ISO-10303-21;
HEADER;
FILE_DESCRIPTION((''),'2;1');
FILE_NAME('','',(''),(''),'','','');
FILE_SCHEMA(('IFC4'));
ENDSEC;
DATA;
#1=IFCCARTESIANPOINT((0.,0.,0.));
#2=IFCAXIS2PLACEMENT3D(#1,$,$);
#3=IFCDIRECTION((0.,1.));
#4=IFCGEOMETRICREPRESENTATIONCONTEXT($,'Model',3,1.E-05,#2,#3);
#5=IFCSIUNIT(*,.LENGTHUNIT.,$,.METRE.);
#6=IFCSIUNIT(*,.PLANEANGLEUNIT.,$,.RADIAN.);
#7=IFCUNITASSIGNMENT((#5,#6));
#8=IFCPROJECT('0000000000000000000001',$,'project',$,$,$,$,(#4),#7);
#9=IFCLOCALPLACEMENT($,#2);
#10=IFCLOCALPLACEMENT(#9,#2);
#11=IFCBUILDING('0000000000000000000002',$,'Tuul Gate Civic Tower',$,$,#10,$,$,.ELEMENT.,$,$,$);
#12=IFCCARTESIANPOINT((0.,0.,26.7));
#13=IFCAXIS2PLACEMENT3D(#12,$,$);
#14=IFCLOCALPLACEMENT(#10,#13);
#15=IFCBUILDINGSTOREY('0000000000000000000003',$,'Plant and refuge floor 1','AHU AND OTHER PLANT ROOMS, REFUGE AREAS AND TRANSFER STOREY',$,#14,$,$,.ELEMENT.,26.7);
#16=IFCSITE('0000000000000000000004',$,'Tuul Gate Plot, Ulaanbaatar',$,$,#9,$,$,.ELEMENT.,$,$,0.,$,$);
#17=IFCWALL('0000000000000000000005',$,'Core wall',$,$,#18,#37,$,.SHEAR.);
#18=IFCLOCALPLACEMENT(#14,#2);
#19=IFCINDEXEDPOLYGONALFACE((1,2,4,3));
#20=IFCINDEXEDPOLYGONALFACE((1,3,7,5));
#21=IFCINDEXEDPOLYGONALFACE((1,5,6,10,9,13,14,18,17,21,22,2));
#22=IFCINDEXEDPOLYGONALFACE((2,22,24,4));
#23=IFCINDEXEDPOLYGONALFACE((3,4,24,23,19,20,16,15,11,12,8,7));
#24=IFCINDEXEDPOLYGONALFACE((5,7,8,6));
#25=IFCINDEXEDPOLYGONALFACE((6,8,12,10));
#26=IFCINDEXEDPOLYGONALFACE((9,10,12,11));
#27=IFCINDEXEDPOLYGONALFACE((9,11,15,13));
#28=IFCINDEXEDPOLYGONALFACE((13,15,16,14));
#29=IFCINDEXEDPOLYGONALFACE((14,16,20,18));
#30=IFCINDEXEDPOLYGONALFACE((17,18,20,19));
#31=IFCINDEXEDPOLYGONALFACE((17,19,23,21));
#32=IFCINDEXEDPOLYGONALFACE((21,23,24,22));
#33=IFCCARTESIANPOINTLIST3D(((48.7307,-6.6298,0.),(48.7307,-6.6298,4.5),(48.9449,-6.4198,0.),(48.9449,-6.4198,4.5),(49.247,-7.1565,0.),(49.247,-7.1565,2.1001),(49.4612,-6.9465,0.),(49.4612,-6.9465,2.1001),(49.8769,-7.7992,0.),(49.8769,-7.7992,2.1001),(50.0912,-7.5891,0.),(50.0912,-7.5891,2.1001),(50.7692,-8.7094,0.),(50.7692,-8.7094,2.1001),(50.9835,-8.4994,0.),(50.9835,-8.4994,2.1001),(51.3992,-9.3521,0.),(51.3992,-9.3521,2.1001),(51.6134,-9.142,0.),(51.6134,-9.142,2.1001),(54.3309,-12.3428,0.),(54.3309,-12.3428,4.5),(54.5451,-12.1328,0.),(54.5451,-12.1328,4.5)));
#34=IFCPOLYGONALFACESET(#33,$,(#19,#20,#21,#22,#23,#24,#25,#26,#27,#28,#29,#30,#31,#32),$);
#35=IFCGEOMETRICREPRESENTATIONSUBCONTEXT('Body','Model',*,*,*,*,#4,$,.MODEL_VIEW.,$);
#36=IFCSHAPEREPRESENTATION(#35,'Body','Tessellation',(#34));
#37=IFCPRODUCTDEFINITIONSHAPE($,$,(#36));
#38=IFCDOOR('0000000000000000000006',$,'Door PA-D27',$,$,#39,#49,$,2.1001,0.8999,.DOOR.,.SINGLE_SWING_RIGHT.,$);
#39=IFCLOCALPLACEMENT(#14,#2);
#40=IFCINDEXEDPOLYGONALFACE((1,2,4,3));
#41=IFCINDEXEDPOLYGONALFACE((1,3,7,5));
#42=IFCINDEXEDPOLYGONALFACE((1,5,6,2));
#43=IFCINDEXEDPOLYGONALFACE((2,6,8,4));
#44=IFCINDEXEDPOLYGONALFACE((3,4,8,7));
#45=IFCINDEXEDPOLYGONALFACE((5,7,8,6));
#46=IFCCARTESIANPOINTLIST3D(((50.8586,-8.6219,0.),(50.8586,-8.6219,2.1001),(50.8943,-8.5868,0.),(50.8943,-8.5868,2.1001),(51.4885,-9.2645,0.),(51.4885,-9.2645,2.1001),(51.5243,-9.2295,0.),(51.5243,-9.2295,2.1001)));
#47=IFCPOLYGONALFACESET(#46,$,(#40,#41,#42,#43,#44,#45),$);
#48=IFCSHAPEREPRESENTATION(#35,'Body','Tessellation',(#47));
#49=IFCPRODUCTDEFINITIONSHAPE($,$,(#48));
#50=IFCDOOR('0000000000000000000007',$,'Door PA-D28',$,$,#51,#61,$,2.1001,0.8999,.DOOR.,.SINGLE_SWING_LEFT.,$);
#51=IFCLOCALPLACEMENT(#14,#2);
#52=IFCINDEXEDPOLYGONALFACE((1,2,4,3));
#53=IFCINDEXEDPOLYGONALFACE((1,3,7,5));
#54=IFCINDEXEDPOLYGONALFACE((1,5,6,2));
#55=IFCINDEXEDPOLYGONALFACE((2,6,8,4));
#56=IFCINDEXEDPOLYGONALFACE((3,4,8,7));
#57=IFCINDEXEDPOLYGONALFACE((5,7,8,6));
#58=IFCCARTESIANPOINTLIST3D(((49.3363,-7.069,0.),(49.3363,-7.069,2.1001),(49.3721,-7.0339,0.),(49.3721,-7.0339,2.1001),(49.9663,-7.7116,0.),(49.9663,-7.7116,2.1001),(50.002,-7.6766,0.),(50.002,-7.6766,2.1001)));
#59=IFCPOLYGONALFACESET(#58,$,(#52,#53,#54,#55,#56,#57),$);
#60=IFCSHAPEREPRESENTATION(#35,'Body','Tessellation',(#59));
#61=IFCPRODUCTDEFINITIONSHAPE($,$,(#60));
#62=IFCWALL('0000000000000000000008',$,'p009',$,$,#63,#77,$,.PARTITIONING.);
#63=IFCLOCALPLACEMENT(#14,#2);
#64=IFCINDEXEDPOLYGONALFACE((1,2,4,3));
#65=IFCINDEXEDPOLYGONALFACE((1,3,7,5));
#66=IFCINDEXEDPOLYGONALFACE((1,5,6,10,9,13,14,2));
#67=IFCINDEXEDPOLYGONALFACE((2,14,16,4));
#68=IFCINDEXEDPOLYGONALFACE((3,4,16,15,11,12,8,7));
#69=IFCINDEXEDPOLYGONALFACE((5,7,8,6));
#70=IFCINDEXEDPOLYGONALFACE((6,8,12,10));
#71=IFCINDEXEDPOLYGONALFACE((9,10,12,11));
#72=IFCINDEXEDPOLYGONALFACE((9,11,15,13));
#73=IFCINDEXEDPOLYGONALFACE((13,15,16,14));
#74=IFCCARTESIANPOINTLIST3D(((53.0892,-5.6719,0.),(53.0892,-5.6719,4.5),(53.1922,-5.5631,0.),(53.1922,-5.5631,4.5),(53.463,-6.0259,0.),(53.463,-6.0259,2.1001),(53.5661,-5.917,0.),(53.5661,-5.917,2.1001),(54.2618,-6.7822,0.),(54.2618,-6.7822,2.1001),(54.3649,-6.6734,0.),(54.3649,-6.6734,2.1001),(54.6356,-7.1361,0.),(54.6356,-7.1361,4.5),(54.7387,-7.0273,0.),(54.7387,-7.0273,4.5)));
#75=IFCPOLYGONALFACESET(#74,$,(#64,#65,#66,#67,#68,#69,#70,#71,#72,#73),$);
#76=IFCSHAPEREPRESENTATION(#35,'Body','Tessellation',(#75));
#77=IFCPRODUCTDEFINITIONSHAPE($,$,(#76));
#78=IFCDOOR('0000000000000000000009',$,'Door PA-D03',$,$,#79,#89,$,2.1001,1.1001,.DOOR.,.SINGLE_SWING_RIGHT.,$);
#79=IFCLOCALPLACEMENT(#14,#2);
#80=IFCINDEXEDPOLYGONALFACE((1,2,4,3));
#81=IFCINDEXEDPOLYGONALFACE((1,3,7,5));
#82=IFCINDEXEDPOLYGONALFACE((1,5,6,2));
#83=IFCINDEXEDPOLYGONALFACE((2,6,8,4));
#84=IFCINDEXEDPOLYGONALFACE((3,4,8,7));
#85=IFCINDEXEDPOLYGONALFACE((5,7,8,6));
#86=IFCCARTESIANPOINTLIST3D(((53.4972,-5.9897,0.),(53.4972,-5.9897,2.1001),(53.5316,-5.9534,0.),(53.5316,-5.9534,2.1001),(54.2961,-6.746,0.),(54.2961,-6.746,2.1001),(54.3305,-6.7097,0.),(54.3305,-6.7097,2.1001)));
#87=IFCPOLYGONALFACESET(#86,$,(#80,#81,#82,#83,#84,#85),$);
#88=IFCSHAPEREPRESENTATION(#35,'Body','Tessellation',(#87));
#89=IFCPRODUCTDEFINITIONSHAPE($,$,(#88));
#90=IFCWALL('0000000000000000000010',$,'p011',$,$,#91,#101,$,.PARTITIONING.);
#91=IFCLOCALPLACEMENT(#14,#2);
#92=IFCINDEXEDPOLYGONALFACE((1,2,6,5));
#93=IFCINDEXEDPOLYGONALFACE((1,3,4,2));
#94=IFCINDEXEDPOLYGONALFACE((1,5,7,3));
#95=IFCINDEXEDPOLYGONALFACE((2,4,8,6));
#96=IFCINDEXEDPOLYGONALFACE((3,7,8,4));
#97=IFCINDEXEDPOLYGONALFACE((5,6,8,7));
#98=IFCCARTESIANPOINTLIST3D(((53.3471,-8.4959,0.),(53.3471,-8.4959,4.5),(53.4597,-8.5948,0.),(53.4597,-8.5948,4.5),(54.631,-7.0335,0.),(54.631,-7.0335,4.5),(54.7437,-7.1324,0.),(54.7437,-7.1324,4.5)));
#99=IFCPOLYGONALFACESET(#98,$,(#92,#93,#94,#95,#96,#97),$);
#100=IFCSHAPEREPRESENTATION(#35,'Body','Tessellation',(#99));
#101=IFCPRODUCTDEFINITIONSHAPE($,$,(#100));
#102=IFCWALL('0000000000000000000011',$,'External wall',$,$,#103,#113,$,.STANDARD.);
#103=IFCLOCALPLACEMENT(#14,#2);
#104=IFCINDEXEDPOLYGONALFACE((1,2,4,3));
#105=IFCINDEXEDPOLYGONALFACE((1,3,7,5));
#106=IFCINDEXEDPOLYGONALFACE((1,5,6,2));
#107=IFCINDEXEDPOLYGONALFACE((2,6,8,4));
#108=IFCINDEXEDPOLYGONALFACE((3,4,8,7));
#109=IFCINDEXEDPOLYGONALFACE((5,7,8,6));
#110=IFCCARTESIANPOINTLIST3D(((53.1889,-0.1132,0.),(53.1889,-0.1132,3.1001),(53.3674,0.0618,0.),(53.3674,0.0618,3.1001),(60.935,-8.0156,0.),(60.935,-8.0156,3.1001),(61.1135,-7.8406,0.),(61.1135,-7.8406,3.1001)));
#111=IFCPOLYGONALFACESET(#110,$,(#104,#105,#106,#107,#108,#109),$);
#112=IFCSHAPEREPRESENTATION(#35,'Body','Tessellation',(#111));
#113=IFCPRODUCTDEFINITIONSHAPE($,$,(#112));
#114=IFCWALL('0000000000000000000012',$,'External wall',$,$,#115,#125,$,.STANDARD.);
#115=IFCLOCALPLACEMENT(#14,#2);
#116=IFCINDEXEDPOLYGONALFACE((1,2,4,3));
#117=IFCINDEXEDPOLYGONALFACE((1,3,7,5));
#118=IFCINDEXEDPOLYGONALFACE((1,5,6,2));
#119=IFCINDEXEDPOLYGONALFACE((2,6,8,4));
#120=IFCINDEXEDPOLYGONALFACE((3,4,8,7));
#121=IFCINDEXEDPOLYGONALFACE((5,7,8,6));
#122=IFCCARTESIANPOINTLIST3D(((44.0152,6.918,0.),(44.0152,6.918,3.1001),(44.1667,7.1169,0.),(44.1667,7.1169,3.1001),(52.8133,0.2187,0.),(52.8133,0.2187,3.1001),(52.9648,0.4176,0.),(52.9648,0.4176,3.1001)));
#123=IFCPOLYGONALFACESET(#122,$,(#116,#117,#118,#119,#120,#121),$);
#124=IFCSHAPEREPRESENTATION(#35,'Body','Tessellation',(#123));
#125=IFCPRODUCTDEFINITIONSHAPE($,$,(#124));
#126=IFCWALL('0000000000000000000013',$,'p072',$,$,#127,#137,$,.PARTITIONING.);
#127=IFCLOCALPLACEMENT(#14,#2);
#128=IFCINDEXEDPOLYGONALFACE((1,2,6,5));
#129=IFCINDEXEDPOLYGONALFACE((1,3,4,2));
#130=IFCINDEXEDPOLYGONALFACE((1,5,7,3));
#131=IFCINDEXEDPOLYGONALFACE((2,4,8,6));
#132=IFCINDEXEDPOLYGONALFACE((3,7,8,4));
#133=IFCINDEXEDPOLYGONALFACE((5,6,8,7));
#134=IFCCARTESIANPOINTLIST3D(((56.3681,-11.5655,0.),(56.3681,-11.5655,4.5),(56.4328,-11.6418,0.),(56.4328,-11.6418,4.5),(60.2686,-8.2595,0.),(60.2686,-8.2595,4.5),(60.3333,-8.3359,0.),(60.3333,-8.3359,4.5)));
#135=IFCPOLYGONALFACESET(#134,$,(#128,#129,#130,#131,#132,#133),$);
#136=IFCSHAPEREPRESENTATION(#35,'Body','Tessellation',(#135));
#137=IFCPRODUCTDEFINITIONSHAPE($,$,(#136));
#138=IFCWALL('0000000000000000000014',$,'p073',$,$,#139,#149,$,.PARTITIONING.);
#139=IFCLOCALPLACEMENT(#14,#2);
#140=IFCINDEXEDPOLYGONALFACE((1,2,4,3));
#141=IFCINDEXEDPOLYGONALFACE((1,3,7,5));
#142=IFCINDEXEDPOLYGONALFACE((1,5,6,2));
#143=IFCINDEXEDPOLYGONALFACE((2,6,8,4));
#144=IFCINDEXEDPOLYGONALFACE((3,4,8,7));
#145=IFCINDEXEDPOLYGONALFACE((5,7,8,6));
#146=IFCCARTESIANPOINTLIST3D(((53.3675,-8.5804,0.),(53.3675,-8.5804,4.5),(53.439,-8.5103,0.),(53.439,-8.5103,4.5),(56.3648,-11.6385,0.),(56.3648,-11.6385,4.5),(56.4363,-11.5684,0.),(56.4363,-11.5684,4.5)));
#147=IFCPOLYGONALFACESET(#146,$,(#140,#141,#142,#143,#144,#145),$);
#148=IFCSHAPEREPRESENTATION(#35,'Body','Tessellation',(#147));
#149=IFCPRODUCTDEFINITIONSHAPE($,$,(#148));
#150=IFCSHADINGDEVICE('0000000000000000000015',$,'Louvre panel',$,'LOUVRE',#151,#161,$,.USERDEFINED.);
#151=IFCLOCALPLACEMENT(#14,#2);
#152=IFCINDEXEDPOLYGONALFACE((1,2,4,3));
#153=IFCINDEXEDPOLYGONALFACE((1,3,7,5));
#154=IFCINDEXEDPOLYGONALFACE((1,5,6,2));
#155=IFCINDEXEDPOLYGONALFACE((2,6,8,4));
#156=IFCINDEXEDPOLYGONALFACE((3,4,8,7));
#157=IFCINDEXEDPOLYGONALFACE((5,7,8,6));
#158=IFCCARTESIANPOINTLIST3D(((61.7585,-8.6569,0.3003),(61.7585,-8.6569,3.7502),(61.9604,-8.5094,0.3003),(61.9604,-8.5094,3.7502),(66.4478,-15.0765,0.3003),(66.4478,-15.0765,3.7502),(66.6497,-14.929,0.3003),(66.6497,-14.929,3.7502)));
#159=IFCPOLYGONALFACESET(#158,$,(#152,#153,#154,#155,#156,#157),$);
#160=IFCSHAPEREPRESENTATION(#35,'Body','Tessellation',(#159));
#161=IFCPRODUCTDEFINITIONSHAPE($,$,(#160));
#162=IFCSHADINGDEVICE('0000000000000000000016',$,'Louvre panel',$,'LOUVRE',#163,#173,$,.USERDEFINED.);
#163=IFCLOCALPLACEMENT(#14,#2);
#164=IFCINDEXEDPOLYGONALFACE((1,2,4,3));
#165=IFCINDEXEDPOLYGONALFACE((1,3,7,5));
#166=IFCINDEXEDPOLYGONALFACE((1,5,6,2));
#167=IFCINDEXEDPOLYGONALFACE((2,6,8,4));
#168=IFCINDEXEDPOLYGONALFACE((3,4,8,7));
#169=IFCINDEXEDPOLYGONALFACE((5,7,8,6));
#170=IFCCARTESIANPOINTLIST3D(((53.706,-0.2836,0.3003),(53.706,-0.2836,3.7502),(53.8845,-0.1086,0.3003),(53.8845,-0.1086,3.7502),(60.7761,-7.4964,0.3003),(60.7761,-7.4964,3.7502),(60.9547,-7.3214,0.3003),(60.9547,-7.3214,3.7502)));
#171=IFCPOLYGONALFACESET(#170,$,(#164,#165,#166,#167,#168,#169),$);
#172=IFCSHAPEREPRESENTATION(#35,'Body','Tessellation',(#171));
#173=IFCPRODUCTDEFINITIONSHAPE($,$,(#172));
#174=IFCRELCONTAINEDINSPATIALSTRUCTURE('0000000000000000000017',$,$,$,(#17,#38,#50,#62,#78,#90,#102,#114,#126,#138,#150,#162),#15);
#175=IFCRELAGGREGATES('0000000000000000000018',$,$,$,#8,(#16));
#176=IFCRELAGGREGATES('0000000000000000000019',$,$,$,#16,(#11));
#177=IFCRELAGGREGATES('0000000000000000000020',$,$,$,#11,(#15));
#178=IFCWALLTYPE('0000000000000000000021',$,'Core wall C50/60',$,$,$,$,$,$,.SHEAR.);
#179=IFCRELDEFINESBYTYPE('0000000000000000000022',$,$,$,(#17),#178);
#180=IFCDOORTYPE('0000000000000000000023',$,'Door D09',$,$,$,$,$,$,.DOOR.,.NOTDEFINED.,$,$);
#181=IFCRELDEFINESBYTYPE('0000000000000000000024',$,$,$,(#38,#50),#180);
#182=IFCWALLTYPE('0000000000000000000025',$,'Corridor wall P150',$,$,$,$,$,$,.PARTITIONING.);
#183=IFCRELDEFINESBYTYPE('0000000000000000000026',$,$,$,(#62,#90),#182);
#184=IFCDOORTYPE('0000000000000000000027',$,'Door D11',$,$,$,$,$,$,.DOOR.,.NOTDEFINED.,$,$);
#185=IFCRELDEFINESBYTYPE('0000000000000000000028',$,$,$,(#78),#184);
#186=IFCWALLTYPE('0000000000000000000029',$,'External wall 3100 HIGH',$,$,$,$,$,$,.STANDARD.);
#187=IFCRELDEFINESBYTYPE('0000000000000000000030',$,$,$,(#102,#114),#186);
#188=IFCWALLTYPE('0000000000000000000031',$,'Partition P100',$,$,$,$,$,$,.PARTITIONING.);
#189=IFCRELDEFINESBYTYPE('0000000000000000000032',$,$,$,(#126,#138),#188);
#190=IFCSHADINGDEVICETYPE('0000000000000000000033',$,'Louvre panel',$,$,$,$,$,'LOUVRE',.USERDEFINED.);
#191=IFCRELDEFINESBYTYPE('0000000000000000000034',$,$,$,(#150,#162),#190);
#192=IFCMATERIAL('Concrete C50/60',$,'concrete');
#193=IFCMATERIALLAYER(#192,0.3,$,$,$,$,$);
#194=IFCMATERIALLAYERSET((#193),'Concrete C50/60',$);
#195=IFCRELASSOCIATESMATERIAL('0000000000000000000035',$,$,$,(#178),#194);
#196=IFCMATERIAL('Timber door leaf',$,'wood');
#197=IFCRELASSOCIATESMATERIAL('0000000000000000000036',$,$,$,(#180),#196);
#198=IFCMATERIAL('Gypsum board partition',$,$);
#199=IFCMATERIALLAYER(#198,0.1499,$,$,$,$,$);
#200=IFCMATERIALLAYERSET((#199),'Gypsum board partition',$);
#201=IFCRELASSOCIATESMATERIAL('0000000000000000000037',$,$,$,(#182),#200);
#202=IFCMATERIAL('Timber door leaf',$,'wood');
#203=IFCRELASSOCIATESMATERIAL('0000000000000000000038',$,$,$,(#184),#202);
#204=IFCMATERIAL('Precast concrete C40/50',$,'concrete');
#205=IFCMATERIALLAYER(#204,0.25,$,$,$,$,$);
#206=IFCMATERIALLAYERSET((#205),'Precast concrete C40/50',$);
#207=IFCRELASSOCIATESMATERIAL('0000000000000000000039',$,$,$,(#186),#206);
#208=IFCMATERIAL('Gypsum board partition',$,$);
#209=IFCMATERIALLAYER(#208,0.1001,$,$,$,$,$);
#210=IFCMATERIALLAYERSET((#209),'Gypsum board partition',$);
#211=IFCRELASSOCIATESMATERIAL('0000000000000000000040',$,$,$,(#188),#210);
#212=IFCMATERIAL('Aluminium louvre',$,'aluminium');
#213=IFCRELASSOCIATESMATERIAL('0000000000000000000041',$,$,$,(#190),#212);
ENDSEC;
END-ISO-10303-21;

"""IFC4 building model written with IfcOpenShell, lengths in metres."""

from ifc_helpers import new_model, si_unit, direction, frame, frame_2d, origin, origin_2d, place, context, subcontext, project, spatial, rectangle, extrude, material, layer, layer_set, type_object, element, fill, save


model = new_model("IFC4")

# Units and contexts
model_context = context("Model", 3, precision=1e-05, world=origin(), true_north=direction((0.0, 1.0)))
body_context = subcontext(model_context, "Body", "Model", "MODEL_VIEW")
ifc_project = project(units=[si_unit("LENGTHUNIT", "METRE"), si_unit("PLANEANGLEUNIT", "RADIAN")], contexts=[model_context])

# Site, building, storey
site_placement = place(None, origin())
site = spatial("IfcSite", under=ifc_project, at=site_placement, Name="Tuul Gate Plot, Ulaanbaatar", CompositionType="ELEMENT", RefElevation=0.0)
building_placement = place(site_placement, origin())
building = spatial("IfcBuilding", under=site, at=building_placement, Name="Tuul Gate Civic Tower", CompositionType="ELEMENT")
storey_placement = place(building_placement, frame((0.0, 0.0, 26.7)))
storey = spatial("IfcBuildingStorey", under=building, at=storey_placement, Name="Plant and refuge floor 1", Description="AHU AND OTHER PLANT ROOMS, REFUGE AREAS AND TRANSFER STOREY", CompositionType="ELEMENT", Elevation=26.7)

# Wall, openings, doors
ifc_material_1 = material(Name="Concrete C50/60", Category="concrete")
ifc_layer_1 = layer(ifc_material_1, 0.3)
ifc_layer_set_1 = layer_set([ifc_layer_1], Name="Concrete C50/60")
wall_type_1 = type_object("IfcWallType", Name="Core wall C50/60", PredefinedType="SHEAR", material=ifc_layer_set_1)
wall_1_placement = place(storey_placement, frame((54.438, -12.2378, 0.0), z_axis=(0.0, 0.0, 1.0), x_axis=(-0.700022, 0.714121, 0.0)))
wall_1 = element("IfcWall", 1, at=wall_1_placement, inside=storey, type_object=wall_type_1, Name="Core wall", PredefinedType="SHEAR", context=body_context, shape_type="SweptSolid", body=[
    extrude(rectangle(XDim=8.0, YDim=0.3, at=frame_2d((4.0, 0.0))), origin(), (0.0, 0.0, 1.0), 4.5),
])
opening_1_placement = place(wall_1_placement, frame((4.188, 0.0, 0.0)))
opening_1 = element("IfcOpeningElement", 2, at=opening_1_placement, cuts=wall_1, PredefinedType="OPENING", context=body_context, shape_type="SweptSolid", body=[
    extrude(rectangle(XDim=0.8999, YDim=2.1001, at=frame_2d((0.45, 1.05))), frame((0.0, 0.1602, 0.0), z_axis=(0.0, -1.0, 0.0), x_axis=(1.0, 0.0, 0.0)), (0.0, 0.0, 1.0), 0.3201),
])
opening_2_placement = place(wall_1_placement, frame((6.3625, 0.0, 0.0)))
opening_2 = element("IfcOpeningElement", 3, at=opening_2_placement, cuts=wall_1, PredefinedType="OPENING", context=body_context, shape_type="SweptSolid", body=[
    extrude(rectangle(XDim=0.8999, YDim=2.1001, at=frame_2d((0.45, 1.05))), frame((0.0, 0.1602, 0.0), z_axis=(0.0, -1.0, 0.0), x_axis=(1.0, 0.0, 0.0)), (0.0, 0.0, 1.0), 0.3201),
])
ifc_material_2 = material(Name="Timber door leaf", Category="wood")
door_type_1 = type_object("IfcDoorType", Name="Door D09", OperationType="NOTDEFINED", PredefinedType="DOOR", material=ifc_material_2)
door_1_placement = place(opening_1_placement, origin())
door_1 = element("IfcDoor", 4, at=door_1_placement, inside=storey, type_object=door_type_1, Name="Door PA-D27", OperationType="SINGLE_SWING_RIGHT", OverallHeight=2.1001, OverallWidth=0.8999, PredefinedType="DOOR", context=body_context, shape_type="SweptSolid", body=[
    extrude(rectangle(XDim=0.8999, YDim=2.1001, at=frame_2d((0.45, 1.05))), frame((0.0, 0.0249, 0.0), z_axis=(0.0, -1.0, 0.0), x_axis=(1.0, 0.0, 0.0)), (0.0, 0.0, 1.0), 0.05),
])
fill(opening_1, door_1)
door_2_placement = place(opening_2_placement, origin())
door_2 = element("IfcDoor", 5, at=door_2_placement, inside=storey, type_object=door_type_1, Name="Door PA-D28", OperationType="SINGLE_SWING_LEFT", OverallHeight=2.1001, OverallWidth=0.8999, PredefinedType="DOOR", context=body_context, shape_type="SweptSolid", body=[
    extrude(rectangle(XDim=0.8999, YDim=2.1001, at=frame_2d((0.45, 1.05))), frame((0.0, 0.0249, 0.0), z_axis=(0.0, -1.0, 0.0), x_axis=(1.0, 0.0, 0.0)), (0.0, 0.0, 1.0), 0.05),
])
fill(opening_2, door_2)

# Wall, opening, door
ifc_material_3 = material(Name="Gypsum board partition")
ifc_layer_2 = layer(ifc_material_3, 0.1499)
ifc_layer_set_2 = layer_set([ifc_layer_2], Name="Gypsum board partition")
wall_type_2 = type_object("IfcWallType", Name="Corridor wall P150", PredefinedType="PARTITIONING", material=ifc_layer_set_2)
wall_2_placement = place(storey_placement, frame((53.1406, -5.6174, 0.0), z_axis=(0.0, 0.0, 1.0), x_axis=(0.726161, -0.687525, 0.0)))
wall_2 = element("IfcWall", 6, at=wall_2_placement, inside=storey, type_object=wall_type_2, Name="p009", PredefinedType="PARTITIONING", context=body_context, shape_type="SweptSolid", body=[
    extrude(rectangle(XDim=2.1296, YDim=0.1499, at=frame_2d((1.0649, 0.0))), origin(), (0.0, 0.0, 1.0), 4.5),
])
opening_3_placement = place(wall_2_placement, frame((0.5149, 0.0, 0.0)))
opening_3 = element("IfcOpeningElement", 7, at=opening_3_placement, cuts=wall_2, PredefinedType="OPENING", context=body_context, shape_type="SweptSolid", body=[
    extrude(rectangle(XDim=1.1001, YDim=2.1001, at=frame_2d((0.55, 1.05))), frame((0.0, 0.085, 0.0), z_axis=(0.0, -1.0, 0.0), x_axis=(1.0, 0.0, 0.0)), (0.0, 0.0, 1.0), 0.1699),
])
ifc_material_4 = material(Name="Timber door leaf", Category="wood")
door_type_2 = type_object("IfcDoorType", Name="Door D11", OperationType="NOTDEFINED", PredefinedType="DOOR", material=ifc_material_4)
door_3_placement = place(opening_3_placement, origin())
door_3 = element("IfcDoor", 8, at=door_3_placement, inside=storey, type_object=door_type_2, Name="Door PA-D03", OperationType="SINGLE_SWING_RIGHT", OverallHeight=2.1001, OverallWidth=1.1001, PredefinedType="DOOR", context=body_context, shape_type="SweptSolid", body=[
    extrude(rectangle(XDim=1.1001, YDim=2.1001, at=frame_2d((0.55, 1.05))), frame((0.0, 0.0249, 0.0), z_axis=(0.0, -1.0, 0.0), x_axis=(1.0, 0.0, 0.0)), (0.0, 0.0, 1.0), 0.05),
])
fill(opening_3, door_3)

# Walls
wall_3_placement = place(storey_placement, frame((53.4033, -8.5454, 0.0), z_axis=(0.0, 0.0, 1.0), x_axis=(0.659765, 0.751472, 0.0)))
element("IfcWall", 9, at=wall_3_placement, inside=storey, type_object=wall_type_2, Name="p011", PredefinedType="PARTITIONING", context=body_context, shape_type="SweptSolid", body=[
    extrude(rectangle(XDim=1.946, YDim=0.1499, at=frame_2d((0.9731, 0.0))), origin(), (0.0, 0.0, 1.0), 4.5),
])
ifc_material_5 = material(Name="Precast concrete C40/50", Category="concrete")
ifc_layer_3 = layer(ifc_material_5, 0.25)
ifc_layer_set_3 = layer_set([ifc_layer_3], Name="Precast concrete C40/50")
wall_type_3 = type_object("IfcWallType", Name="External wall 3100 HIGH", PredefinedType="STANDARD", material=ifc_layer_set_3)
wall_4_placement = place(storey_placement, frame((61.0242, -7.928, 0.0), z_axis=(0.0, 0.0, 1.0), x_axis=(-0.700011, 0.714132, 0.0)))
element("IfcWall", 10, at=wall_4_placement, inside=storey, type_object=wall_type_3, Name="External wall", PredefinedType="STANDARD", context=body_context, shape_type="SweptSolid", body=[
    extrude(rectangle(XDim=11.0657, YDim=0.25, at=frame_2d((5.5327, 0.0))), origin(), (0.0, 0.0, 1.0), 3.1001),
])
wall_5_placement = place(storey_placement, frame((52.8892, 0.3181, 0.0), z_axis=(0.0, 0.0, 1.0), x_axis=(-0.79561, 0.605809, 0.0)))
element("IfcWall", 11, at=wall_5_placement, inside=storey, type_object=wall_type_3, Name="External wall", PredefinedType="STANDARD", context=body_context, shape_type="SweptSolid", body=[
    extrude(rectangle(XDim=11.0583, YDim=0.25, at=frame_2d((5.5293, 0.0))), origin(), (0.0, 0.0, 1.0), 3.1001),
])
ifc_material_6 = material(Name="Gypsum board partition")
ifc_layer_4 = layer(ifc_material_6, 0.1001)
ifc_layer_set_4 = layer_set([ifc_layer_4], Name="Gypsum board partition")
wall_type_4 = type_object("IfcWallType", Name="Partition P100", PredefinedType="PARTITIONING", material=ifc_layer_set_4)
wall_6_placement = place(storey_placement, frame((60.301, -8.2976, 0.0), z_axis=(0.0, 0.0, 1.0), x_axis=(-0.762848, -0.646578, 0.0)))
element("IfcWall", 12, at=wall_6_placement, inside=storey, type_object=wall_type_4, Name="p072", PredefinedType="PARTITIONING", context=body_context, shape_type="SweptSolid", body=[
    extrude(rectangle(XDim=5.113, YDim=0.1001, at=frame_2d((2.5566, 0.0))), origin(), (0.0, 0.0, 1.0), 4.5),
])
wall_7_placement = place(storey_placement, frame((56.4006, -11.6035, 0.0), z_axis=(0.0, 0.0, 1.0), x_axis=(-0.699973, 0.71417, 0.0)))
element("IfcWall", 13, at=wall_7_placement, inside=storey, type_object=wall_type_4, Name="p073", PredefinedType="PARTITIONING", context=body_context, shape_type="SweptSolid", body=[
    extrude(rectangle(XDim=4.282, YDim=0.1001, at=frame_2d((2.1411, 0.0))), origin(), (0.0, 0.0, 1.0), 4.5),
])

# Shading devices
ifc_material_7 = material(Name="Aluminium louvre", Category="aluminium")
shading_device_type = type_object("IfcShadingDeviceType", Name="Louvre panel", ElementType="LOUVRE", PredefinedType="USERDEFINED", material=ifc_material_7)
shading_device_1_placement = place(storey_placement, frame((64.2041, -11.793, 0.3003), z_axis=(0.0, 0.0, 1.0), x_axis=(0.807505, 0.589861, 0.0)))
element("IfcShadingDevice", 14, at=shading_device_1_placement, inside=storey, type_object=shading_device_type, Name="Louvre panel", ObjectType="LOUVRE", PredefinedType="USERDEFINED", context=body_context, shape_type="SweptSolid", body=[
    extrude(rectangle(XDim=0.25, YDim=7.95, at=origin_2d()), origin(), (0.0, 0.0, 1.0), 3.45),
])
shading_device_2_placement = place(storey_placement, frame((57.3303, -3.8025, 0.3003), z_axis=(0.0, 0.0, 1.0), x_axis=(0.714134, 0.700009, 0.0)))
element("IfcShadingDevice", 15, at=shading_device_2_placement, inside=storey, type_object=shading_device_type, Name="Louvre panel", ObjectType="LOUVRE", PredefinedType="USERDEFINED", context=body_context, shape_type="SweptSolid", body=[
    extrude(rectangle(XDim=0.25, YDim=10.1001, at=origin_2d()), origin(), (0.0, 0.0, 1.0), 3.45),
])

save(model, "model.ifc")
